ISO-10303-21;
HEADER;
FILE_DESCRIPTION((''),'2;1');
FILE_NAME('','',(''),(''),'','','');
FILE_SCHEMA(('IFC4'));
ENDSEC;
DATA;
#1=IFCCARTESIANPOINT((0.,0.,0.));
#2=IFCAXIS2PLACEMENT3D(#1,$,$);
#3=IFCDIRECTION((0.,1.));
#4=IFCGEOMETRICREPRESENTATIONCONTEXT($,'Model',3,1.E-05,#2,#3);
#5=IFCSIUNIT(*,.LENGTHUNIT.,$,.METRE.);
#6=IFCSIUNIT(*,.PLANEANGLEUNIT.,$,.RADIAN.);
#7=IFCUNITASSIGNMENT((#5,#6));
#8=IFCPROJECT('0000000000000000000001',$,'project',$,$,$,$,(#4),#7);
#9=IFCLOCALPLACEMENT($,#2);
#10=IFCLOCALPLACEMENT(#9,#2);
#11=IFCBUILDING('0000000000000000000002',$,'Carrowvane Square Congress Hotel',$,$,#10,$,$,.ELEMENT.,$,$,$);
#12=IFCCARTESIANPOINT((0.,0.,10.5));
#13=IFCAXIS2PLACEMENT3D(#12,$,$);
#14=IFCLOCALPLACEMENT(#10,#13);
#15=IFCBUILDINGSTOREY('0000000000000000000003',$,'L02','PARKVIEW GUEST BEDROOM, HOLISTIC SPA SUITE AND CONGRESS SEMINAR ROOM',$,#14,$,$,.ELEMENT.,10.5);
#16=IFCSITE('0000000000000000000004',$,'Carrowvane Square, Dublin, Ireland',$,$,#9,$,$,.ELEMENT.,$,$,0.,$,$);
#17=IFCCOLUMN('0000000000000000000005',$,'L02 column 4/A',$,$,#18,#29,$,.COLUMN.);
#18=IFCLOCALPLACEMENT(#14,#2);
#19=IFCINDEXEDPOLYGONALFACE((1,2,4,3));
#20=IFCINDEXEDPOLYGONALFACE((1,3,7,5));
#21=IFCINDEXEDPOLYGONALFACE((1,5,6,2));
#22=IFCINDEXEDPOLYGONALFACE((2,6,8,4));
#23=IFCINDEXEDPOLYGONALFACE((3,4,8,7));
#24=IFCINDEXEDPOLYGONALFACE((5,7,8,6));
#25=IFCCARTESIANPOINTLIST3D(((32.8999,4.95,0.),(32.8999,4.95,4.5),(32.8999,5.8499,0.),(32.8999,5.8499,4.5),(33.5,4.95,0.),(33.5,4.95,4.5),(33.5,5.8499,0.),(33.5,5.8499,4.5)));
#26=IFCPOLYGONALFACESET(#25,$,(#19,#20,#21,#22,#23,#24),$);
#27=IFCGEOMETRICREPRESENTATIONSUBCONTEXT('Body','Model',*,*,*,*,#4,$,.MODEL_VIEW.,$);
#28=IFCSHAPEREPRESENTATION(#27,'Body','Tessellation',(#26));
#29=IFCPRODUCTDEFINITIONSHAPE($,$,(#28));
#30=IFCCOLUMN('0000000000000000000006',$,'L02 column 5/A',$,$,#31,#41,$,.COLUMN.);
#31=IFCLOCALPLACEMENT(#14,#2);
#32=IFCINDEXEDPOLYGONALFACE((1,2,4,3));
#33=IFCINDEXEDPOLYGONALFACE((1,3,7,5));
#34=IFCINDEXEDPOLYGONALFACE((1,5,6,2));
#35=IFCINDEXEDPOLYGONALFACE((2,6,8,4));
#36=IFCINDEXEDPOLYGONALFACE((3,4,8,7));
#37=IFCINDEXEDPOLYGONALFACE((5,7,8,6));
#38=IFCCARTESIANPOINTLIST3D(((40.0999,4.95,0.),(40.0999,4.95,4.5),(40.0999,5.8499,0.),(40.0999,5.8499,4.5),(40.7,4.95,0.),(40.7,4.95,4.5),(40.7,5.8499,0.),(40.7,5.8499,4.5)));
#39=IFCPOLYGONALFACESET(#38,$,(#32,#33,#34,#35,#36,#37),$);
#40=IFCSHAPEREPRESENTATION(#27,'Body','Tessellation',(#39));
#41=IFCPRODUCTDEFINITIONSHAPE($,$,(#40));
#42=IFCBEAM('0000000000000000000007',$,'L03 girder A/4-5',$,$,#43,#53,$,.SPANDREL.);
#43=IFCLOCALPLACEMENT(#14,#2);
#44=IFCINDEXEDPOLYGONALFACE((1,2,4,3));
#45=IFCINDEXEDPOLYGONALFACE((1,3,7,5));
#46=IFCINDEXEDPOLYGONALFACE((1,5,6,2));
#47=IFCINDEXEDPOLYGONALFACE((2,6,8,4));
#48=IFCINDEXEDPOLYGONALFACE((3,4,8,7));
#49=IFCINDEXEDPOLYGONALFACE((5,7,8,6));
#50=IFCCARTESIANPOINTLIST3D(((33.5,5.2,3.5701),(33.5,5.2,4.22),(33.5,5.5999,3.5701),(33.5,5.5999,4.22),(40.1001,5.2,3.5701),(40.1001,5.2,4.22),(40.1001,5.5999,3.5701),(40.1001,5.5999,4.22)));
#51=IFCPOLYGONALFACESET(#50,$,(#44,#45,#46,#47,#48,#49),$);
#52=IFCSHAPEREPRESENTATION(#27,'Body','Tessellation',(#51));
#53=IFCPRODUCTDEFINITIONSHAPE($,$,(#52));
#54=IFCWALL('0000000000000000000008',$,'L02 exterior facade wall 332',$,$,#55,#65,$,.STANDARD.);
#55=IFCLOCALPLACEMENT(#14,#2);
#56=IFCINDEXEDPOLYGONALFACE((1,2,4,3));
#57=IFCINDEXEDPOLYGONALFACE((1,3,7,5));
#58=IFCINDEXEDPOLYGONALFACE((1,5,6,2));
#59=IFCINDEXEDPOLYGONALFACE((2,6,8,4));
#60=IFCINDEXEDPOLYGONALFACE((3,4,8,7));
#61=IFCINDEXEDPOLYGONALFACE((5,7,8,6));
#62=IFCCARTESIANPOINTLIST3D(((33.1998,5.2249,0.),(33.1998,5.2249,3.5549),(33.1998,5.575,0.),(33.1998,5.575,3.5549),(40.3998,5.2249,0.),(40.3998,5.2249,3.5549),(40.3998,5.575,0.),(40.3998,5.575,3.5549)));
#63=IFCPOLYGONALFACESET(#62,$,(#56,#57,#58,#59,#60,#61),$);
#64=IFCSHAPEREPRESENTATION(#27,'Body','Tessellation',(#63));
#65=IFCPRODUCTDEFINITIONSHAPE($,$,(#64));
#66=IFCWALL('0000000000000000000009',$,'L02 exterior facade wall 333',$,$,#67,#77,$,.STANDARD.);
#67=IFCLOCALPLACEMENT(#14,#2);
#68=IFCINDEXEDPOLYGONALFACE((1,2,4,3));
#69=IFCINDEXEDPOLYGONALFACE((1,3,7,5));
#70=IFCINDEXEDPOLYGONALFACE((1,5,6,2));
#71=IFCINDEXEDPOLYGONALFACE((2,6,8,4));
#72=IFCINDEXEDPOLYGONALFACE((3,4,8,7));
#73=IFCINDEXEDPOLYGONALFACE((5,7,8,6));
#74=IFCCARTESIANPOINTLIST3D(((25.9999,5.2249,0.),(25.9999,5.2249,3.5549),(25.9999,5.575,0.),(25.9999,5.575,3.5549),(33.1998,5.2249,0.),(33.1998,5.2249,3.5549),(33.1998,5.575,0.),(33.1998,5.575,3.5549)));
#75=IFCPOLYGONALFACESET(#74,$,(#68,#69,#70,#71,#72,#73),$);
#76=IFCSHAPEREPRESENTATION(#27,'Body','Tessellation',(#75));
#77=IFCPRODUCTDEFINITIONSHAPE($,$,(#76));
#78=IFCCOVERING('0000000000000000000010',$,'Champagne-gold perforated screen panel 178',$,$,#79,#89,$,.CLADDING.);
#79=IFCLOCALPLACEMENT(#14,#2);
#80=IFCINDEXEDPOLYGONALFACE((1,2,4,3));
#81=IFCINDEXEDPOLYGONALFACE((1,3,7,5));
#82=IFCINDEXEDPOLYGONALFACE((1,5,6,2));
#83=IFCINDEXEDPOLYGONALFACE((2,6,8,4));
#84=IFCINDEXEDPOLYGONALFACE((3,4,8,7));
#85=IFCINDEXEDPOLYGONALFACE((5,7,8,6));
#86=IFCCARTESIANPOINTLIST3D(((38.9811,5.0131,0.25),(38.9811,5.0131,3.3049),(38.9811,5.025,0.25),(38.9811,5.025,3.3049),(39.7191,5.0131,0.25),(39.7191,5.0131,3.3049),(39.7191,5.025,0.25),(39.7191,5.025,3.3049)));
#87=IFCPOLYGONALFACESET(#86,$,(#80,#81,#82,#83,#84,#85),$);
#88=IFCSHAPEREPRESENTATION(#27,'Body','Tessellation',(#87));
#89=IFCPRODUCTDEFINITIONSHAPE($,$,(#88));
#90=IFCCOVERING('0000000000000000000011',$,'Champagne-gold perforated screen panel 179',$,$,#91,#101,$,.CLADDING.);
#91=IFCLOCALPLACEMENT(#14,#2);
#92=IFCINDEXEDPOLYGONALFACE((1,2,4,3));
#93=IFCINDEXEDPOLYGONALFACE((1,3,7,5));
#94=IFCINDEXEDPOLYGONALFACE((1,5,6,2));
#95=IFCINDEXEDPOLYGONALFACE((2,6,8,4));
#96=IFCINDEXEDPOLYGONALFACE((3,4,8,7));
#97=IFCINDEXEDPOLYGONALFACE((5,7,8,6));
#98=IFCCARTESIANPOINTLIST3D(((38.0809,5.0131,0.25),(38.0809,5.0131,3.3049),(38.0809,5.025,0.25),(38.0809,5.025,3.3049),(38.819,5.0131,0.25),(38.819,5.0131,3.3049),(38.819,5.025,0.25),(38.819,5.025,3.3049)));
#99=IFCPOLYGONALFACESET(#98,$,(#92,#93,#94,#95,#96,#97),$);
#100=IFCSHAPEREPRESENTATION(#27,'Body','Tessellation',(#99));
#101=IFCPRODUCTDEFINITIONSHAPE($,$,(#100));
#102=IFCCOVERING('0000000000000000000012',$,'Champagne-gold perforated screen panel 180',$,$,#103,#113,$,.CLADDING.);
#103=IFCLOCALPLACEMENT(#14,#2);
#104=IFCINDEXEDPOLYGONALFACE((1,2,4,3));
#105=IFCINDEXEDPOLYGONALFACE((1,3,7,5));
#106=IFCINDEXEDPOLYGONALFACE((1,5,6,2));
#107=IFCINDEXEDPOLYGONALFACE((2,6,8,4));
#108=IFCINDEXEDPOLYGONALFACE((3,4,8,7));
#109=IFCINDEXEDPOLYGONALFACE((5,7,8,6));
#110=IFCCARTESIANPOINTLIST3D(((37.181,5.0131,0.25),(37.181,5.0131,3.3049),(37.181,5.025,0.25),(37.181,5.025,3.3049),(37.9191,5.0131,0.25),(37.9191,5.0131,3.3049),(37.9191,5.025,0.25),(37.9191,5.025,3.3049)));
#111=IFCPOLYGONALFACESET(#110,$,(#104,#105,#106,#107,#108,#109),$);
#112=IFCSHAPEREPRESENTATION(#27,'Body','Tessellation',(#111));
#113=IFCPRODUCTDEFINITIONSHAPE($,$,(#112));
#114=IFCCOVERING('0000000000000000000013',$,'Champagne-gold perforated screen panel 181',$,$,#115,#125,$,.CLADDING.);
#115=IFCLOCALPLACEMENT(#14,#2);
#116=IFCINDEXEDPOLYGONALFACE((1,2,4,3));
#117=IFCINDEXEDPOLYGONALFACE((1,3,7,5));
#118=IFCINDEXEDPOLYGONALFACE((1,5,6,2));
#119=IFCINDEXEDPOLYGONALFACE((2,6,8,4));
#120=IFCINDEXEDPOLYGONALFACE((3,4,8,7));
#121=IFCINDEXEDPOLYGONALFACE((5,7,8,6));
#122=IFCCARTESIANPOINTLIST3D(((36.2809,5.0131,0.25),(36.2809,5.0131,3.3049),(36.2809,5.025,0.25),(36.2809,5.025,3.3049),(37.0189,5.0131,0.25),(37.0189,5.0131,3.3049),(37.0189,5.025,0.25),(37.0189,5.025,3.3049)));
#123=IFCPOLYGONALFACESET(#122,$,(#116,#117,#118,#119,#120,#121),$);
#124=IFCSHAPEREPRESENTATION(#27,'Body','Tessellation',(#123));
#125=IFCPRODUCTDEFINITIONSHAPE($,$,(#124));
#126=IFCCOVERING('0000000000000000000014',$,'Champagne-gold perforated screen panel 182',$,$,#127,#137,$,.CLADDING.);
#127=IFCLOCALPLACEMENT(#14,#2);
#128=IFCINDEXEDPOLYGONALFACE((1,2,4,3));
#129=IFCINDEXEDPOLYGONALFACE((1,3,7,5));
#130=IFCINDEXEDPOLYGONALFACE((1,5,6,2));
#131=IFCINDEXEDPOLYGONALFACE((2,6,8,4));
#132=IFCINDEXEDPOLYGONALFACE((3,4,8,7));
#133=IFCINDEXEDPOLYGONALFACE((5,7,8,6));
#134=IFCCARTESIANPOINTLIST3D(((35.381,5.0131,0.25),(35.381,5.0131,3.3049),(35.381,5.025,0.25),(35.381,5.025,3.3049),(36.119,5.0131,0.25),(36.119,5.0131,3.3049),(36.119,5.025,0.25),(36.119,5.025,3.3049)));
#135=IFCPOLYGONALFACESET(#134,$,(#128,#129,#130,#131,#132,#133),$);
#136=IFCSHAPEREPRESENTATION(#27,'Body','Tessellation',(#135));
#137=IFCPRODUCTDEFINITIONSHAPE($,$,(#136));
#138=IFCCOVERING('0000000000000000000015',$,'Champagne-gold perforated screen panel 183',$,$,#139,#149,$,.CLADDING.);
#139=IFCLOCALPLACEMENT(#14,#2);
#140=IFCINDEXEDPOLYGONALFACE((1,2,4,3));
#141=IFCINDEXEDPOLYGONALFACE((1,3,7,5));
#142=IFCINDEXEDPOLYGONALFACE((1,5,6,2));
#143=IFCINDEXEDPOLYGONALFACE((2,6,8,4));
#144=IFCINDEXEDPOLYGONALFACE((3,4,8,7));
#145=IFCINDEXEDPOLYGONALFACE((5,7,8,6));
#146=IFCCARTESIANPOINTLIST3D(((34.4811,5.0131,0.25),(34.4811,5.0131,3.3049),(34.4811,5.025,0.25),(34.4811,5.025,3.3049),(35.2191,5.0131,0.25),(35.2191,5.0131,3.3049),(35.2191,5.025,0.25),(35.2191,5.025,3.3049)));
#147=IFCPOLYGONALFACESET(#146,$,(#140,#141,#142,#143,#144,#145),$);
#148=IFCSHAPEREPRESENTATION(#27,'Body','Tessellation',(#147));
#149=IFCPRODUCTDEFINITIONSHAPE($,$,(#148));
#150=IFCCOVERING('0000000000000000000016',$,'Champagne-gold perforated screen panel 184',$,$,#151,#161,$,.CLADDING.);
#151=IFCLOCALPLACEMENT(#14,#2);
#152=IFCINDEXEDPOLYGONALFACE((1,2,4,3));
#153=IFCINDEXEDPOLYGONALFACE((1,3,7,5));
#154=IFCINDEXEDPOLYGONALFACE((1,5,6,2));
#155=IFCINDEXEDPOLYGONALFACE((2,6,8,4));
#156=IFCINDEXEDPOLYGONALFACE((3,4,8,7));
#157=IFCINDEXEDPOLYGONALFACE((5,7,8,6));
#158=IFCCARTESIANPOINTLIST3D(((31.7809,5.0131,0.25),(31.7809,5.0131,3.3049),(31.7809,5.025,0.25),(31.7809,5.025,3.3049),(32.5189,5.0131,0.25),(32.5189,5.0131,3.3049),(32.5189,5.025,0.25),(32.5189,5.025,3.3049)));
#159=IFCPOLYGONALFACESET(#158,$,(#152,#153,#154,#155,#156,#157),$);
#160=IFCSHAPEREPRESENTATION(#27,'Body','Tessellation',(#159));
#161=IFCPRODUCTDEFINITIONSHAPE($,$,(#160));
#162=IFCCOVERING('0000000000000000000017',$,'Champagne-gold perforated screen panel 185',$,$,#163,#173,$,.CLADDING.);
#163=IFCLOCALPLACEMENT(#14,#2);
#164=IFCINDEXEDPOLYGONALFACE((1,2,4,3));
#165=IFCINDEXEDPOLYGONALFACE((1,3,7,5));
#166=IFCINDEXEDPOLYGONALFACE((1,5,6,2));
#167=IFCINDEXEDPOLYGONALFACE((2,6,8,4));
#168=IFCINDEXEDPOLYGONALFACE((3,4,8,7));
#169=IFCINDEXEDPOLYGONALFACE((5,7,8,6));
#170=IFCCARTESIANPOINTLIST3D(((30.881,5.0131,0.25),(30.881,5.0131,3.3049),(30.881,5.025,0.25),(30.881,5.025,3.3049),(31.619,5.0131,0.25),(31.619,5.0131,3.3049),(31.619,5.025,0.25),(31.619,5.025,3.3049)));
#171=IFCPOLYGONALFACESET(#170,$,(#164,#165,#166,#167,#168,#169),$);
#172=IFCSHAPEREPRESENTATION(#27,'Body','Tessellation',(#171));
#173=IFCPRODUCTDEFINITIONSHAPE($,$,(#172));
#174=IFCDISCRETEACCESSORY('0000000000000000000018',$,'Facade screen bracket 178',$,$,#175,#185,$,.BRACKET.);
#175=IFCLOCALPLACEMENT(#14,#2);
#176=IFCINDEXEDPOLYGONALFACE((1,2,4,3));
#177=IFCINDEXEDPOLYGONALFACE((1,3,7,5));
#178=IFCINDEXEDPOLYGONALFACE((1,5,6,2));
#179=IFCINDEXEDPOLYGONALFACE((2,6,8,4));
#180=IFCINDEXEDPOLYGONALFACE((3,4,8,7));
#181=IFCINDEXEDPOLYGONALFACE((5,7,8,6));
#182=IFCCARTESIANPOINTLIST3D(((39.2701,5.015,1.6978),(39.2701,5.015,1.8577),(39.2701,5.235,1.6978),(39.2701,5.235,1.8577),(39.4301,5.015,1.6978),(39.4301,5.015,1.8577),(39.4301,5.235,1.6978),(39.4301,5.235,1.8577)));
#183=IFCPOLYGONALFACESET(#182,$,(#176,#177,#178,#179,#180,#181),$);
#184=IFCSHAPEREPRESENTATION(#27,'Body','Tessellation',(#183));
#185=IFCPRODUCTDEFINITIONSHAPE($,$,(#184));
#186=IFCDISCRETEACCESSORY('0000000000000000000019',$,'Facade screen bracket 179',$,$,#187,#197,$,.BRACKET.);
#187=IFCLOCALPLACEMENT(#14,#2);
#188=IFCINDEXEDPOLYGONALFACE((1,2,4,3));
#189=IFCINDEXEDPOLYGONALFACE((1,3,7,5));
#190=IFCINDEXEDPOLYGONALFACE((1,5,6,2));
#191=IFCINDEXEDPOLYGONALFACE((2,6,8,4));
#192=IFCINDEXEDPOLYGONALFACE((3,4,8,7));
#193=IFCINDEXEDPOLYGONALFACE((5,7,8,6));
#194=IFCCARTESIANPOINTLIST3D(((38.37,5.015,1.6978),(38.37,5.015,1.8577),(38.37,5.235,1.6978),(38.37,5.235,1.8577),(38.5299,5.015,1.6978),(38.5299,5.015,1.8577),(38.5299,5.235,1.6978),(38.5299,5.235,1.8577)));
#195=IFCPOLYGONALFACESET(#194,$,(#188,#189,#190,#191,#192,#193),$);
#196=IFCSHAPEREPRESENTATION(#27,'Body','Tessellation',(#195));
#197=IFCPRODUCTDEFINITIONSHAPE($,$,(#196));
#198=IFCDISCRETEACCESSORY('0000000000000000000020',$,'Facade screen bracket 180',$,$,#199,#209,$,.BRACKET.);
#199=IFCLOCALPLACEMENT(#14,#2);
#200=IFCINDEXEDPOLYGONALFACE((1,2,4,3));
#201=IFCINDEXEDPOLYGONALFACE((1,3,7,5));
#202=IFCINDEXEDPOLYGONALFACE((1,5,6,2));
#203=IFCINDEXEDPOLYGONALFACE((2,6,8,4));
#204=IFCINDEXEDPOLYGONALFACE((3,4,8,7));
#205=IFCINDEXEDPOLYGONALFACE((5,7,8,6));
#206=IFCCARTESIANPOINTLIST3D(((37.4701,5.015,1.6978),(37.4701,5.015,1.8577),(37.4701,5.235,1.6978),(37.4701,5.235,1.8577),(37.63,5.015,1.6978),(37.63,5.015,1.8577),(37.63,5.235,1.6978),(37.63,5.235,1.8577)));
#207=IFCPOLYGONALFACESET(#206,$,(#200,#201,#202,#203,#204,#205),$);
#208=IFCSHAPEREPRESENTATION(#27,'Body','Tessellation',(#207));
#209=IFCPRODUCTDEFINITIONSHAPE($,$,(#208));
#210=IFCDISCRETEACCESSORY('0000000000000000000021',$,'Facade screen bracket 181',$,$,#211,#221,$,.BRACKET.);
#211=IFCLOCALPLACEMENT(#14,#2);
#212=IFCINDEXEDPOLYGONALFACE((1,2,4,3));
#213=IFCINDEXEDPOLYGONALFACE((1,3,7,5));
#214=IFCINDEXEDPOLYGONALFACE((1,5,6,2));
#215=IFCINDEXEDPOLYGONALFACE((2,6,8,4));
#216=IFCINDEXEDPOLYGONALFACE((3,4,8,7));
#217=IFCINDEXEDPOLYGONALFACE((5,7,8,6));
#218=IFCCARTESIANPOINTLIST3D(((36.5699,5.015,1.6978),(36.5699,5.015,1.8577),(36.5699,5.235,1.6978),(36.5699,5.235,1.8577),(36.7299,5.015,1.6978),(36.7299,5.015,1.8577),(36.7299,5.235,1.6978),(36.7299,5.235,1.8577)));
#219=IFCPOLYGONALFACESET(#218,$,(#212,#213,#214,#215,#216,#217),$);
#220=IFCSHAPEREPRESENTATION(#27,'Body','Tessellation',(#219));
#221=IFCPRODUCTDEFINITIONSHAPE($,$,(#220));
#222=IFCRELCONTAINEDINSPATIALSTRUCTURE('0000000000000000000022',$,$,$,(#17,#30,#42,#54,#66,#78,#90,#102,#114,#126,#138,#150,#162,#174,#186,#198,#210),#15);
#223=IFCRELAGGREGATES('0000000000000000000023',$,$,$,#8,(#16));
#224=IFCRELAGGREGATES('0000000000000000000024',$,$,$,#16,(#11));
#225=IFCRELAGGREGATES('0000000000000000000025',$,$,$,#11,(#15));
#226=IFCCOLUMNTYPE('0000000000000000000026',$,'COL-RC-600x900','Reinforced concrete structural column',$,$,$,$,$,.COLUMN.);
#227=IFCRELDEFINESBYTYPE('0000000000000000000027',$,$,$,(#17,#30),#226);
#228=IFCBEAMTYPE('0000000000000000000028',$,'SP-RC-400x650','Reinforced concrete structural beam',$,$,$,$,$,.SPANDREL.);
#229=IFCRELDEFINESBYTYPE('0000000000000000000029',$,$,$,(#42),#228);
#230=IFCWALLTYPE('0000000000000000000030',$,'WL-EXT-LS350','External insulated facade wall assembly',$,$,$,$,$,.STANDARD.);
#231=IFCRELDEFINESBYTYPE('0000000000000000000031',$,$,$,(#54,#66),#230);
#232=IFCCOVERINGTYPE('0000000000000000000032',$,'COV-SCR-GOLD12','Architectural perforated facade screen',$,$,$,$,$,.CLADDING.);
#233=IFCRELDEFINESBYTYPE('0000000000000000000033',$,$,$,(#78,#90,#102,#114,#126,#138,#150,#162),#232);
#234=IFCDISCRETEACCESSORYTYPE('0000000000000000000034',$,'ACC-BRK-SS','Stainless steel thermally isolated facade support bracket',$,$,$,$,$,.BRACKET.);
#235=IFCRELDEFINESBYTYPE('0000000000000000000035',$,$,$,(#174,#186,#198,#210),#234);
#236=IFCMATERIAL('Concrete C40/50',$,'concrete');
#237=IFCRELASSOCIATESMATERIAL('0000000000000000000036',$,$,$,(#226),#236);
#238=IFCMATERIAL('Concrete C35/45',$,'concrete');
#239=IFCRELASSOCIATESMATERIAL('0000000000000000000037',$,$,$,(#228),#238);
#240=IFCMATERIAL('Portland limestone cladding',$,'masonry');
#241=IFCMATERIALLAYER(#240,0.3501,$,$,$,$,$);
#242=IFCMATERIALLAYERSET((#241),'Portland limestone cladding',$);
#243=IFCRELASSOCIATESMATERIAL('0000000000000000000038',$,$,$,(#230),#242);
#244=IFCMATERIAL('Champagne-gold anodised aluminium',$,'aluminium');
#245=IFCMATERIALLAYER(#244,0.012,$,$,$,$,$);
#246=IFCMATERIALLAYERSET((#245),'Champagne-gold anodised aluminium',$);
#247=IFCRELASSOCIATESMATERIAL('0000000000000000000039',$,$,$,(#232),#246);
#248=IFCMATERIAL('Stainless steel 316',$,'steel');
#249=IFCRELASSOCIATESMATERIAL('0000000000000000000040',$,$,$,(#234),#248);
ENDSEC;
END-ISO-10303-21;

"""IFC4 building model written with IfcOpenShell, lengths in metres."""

from ifc_helpers import new_model, si_unit, direction, frame, frame_2d, origin, origin_2d, place, context, subcontext, project, spatial, rectangle, extrude, material, layer, layer_set, material_profile, profile_set, type_object, element, save


model = new_model("IFC4")

# Units and contexts
model_context = context("Model", 3, precision=1e-05, world=origin(), true_north=direction((0.0, 1.0)))
body_context = subcontext(model_context, "Body", "Model", "MODEL_VIEW")
ifc_project = project(units=[si_unit("LENGTHUNIT", "METRE"), si_unit("PLANEANGLEUNIT", "RADIAN")], contexts=[model_context])

# Site, building, storey
site_placement = place(None, origin())
site = spatial("IfcSite", under=ifc_project, at=site_placement, Name="Carrowvane Square, Dublin, Ireland", CompositionType="ELEMENT", RefElevation=0.0)
building_placement = place(site_placement, origin())
building = spatial("IfcBuilding", under=site, at=building_placement, Name="Carrowvane Square Congress Hotel", CompositionType="ELEMENT")
storey_placement = place(building_placement, frame((0.0, 0.0, 10.5)))
storey = spatial("IfcBuildingStorey", under=building, at=storey_placement, Name="L02", Description="PARKVIEW GUEST BEDROOM, HOLISTIC SPA SUITE AND CONGRESS SEMINAR ROOM", CompositionType="ELEMENT", Elevation=10.5)

# Columns
ifc_material_1 = material(Name="Concrete C40/50", Category="concrete")
ifc_material_profile_1 = material_profile(ifc_material_1, rectangle(XDim=0.6001, YDim=0.8999, at=origin_2d()), Name="RC 600x900")
ifc_profile_set_1 = profile_set([ifc_material_profile_1], Name="Concrete C40/50")
column_type = type_object("IfcColumnType", Name="COL-RC-600x900", Description="Reinforced concrete structural column", PredefinedType="COLUMN", material=ifc_profile_set_1)
for number, where, z_axis, x_axis, name in (
    (1, (33.2, 5.3999, 0.0), (0.0, 0.0, 1.0), (1.0, 0.0, 0.0), "L02 column 4/A"),
    (2, (40.3999, 5.3999, 0.0), (0.0, 0.0, 1.0), (1.0, 0.0, 0.0), "L02 column 5/A"),
):
    element("IfcColumn", number, at=place(storey_placement, frame(where, z_axis=z_axis, x_axis=x_axis)), inside=storey, type_object=column_type, Name=name, PredefinedType="COLUMN", context=body_context, shape_type="SweptSolid", body=[
        extrude(rectangle(XDim=0.6001, YDim=0.8999, at=origin_2d()), origin(), (0.0, 0.0, 1.0), 4.5),
    ])

# Beam
ifc_material_2 = material(Name="Concrete C35/45", Category="concrete")
ifc_material_profile_2 = material_profile(ifc_material_2, rectangle(XDim=0.3999, YDim=0.6499, at=origin_2d()), Name="RC 400x650")
ifc_profile_set_2 = profile_set([ifc_material_profile_2], Name="Concrete C35/45")
beam_type = type_object("IfcBeamType", Name="SP-RC-400x650", Description="Reinforced concrete structural beam", PredefinedType="SPANDREL", material=ifc_profile_set_2)
beam_placement = place(storey_placement, frame((33.5, 5.3999, 3.895), z_axis=(1.0, 0.0, 0.0), x_axis=(0.0, 1.0, 0.0)))
element("IfcBeam", 3, at=beam_placement, inside=storey, type_object=beam_type, Name="L03 girder A/4-5", PredefinedType="SPANDREL", context=body_context, shape_type="SweptSolid", body=[
    extrude(rectangle(XDim=0.3999, YDim=0.6499, at=origin_2d()), origin(), (0.0, 0.0, 1.0), 6.6001),
])

# Walls
ifc_material_3 = material(Name="Portland limestone cladding", Category="masonry")
ifc_layer_1 = layer(ifc_material_3, 0.3501)
ifc_layer_set_1 = layer_set([ifc_layer_1], Name="Portland limestone cladding")
wall_type = type_object("IfcWallType", Name="WL-EXT-LS350", Description="External insulated facade wall assembly", PredefinedType="STANDARD", material=ifc_layer_set_1)
for number, where, z_axis, x_axis, name in (
    (4, (40.3999, 5.3999, 0.0), (0.0, 0.0, 1.0), (-1.0, 0.0, 0.0), "L02 exterior facade wall 332"),
    (5, (33.2, 5.3999, 0.0), (0.0, 0.0, 1.0), (-1.0, 0.0, 0.0), "L02 exterior facade wall 333"),
):
    element("IfcWall", number, at=place(storey_placement, frame(where, z_axis=z_axis, x_axis=x_axis)), inside=storey, type_object=wall_type, Name=name, PredefinedType="STANDARD", context=body_context, shape_type="SweptSolid", body=[
        extrude(rectangle(XDim=7.2, YDim=0.3501, at=frame_2d((3.6001, 0.0))), origin(), (0.0, 0.0, 1.0), 3.5549),
    ])

# Coverings
ifc_material_4 = material(Name="Champagne-gold anodised aluminium", Category="aluminium")
ifc_layer_2 = layer(ifc_material_4, 0.012)
ifc_layer_set_2 = layer_set([ifc_layer_2], Name="Champagne-gold anodised aluminium")
covering_type = type_object("IfcCoveringType", Name="COV-SCR-GOLD12", Description="Architectural perforated facade screen", PredefinedType="CLADDING", material=ifc_layer_set_2)
for number, where, z_axis, x_axis, name in (
    (6, (39.3501, 5.019, 0.25), (0.0, 0.0, 1.0), (-1.0, 0.0, 0.0), "Champagne-gold perforated screen panel 178"),
    (7, (38.45, 5.019, 0.25), (0.0, 0.0, 1.0), (-1.0, 0.0, 0.0), "Champagne-gold perforated screen panel 179"),
    (8, (37.55, 5.019, 0.25), (0.0, 0.0, 1.0), (-1.0, 0.0, 0.0), "Champagne-gold perforated screen panel 180"),
    (9, (36.6499, 5.019, 0.25), (0.0, 0.0, 1.0), (-1.0, 0.0, 0.0), "Champagne-gold perforated screen panel 181"),
    (10, (35.75, 5.019, 0.25), (0.0, 0.0, 1.0), (-1.0, 0.0, 0.0), "Champagne-gold perforated screen panel 182"),
    (11, (34.8501, 5.019, 0.25), (0.0, 0.0, 1.0), (-1.0, 0.0, 0.0), "Champagne-gold perforated screen panel 183"),
    (12, (32.1499, 5.019, 0.25), (0.0, 0.0, 1.0), (-1.0, 0.0, 0.0), "Champagne-gold perforated screen panel 184"),
    (13, (31.25, 5.019, 0.25), (0.0, 0.0, 1.0), (-1.0, 0.0, 0.0), "Champagne-gold perforated screen panel 185"),
):
    element("IfcCovering", number, at=place(storey_placement, frame(where, z_axis=z_axis, x_axis=x_axis)), inside=storey, type_object=covering_type, Name=name, PredefinedType="CLADDING", context=body_context, shape_type="SweptSolid", body=[
        extrude(rectangle(XDim=0.738, YDim=0.012, at=origin_2d()), origin(), (0.0, 0.0, 1.0), 3.0549),
    ])

# Discrete accessories
ifc_material_5 = material(Name="Stainless steel 316", Category="steel")
discrete_accessory_type = type_object("IfcDiscreteAccessoryType", Name="ACC-BRK-SS", Description="Stainless steel thermally isolated facade support bracket", PredefinedType="BRACKET", material=ifc_material_5)
for number, where, z_axis, x_axis, name in (
    (14, (39.3501, 5.125, 1.6978), (0.0, 0.0, 1.0), (-1.0, 0.0, 0.0), "Facade screen bracket 178"),
    (15, (38.45, 5.125, 1.6978), (0.0, 0.0, 1.0), (-1.0, 0.0, 0.0), "Facade screen bracket 179"),
    (16, (37.55, 5.125, 1.6978), (0.0, 0.0, 1.0), (-1.0, 0.0, 0.0), "Facade screen bracket 180"),
    (17, (36.6499, 5.125, 1.6978), (0.0, 0.0, 1.0), (-1.0, 0.0, 0.0), "Facade screen bracket 181"),
):
    element("IfcDiscreteAccessory", number, at=place(storey_placement, frame(where, z_axis=z_axis, x_axis=x_axis)), inside=storey, type_object=discrete_accessory_type, Name=name, PredefinedType="BRACKET", context=body_context, shape_type="SweptSolid", body=[
        extrude(rectangle(XDim=0.1599, YDim=0.22, at=origin_2d()), origin(), (0.0, 0.0, 1.0), 0.1599),
    ])

save(model, "model.ifc")
